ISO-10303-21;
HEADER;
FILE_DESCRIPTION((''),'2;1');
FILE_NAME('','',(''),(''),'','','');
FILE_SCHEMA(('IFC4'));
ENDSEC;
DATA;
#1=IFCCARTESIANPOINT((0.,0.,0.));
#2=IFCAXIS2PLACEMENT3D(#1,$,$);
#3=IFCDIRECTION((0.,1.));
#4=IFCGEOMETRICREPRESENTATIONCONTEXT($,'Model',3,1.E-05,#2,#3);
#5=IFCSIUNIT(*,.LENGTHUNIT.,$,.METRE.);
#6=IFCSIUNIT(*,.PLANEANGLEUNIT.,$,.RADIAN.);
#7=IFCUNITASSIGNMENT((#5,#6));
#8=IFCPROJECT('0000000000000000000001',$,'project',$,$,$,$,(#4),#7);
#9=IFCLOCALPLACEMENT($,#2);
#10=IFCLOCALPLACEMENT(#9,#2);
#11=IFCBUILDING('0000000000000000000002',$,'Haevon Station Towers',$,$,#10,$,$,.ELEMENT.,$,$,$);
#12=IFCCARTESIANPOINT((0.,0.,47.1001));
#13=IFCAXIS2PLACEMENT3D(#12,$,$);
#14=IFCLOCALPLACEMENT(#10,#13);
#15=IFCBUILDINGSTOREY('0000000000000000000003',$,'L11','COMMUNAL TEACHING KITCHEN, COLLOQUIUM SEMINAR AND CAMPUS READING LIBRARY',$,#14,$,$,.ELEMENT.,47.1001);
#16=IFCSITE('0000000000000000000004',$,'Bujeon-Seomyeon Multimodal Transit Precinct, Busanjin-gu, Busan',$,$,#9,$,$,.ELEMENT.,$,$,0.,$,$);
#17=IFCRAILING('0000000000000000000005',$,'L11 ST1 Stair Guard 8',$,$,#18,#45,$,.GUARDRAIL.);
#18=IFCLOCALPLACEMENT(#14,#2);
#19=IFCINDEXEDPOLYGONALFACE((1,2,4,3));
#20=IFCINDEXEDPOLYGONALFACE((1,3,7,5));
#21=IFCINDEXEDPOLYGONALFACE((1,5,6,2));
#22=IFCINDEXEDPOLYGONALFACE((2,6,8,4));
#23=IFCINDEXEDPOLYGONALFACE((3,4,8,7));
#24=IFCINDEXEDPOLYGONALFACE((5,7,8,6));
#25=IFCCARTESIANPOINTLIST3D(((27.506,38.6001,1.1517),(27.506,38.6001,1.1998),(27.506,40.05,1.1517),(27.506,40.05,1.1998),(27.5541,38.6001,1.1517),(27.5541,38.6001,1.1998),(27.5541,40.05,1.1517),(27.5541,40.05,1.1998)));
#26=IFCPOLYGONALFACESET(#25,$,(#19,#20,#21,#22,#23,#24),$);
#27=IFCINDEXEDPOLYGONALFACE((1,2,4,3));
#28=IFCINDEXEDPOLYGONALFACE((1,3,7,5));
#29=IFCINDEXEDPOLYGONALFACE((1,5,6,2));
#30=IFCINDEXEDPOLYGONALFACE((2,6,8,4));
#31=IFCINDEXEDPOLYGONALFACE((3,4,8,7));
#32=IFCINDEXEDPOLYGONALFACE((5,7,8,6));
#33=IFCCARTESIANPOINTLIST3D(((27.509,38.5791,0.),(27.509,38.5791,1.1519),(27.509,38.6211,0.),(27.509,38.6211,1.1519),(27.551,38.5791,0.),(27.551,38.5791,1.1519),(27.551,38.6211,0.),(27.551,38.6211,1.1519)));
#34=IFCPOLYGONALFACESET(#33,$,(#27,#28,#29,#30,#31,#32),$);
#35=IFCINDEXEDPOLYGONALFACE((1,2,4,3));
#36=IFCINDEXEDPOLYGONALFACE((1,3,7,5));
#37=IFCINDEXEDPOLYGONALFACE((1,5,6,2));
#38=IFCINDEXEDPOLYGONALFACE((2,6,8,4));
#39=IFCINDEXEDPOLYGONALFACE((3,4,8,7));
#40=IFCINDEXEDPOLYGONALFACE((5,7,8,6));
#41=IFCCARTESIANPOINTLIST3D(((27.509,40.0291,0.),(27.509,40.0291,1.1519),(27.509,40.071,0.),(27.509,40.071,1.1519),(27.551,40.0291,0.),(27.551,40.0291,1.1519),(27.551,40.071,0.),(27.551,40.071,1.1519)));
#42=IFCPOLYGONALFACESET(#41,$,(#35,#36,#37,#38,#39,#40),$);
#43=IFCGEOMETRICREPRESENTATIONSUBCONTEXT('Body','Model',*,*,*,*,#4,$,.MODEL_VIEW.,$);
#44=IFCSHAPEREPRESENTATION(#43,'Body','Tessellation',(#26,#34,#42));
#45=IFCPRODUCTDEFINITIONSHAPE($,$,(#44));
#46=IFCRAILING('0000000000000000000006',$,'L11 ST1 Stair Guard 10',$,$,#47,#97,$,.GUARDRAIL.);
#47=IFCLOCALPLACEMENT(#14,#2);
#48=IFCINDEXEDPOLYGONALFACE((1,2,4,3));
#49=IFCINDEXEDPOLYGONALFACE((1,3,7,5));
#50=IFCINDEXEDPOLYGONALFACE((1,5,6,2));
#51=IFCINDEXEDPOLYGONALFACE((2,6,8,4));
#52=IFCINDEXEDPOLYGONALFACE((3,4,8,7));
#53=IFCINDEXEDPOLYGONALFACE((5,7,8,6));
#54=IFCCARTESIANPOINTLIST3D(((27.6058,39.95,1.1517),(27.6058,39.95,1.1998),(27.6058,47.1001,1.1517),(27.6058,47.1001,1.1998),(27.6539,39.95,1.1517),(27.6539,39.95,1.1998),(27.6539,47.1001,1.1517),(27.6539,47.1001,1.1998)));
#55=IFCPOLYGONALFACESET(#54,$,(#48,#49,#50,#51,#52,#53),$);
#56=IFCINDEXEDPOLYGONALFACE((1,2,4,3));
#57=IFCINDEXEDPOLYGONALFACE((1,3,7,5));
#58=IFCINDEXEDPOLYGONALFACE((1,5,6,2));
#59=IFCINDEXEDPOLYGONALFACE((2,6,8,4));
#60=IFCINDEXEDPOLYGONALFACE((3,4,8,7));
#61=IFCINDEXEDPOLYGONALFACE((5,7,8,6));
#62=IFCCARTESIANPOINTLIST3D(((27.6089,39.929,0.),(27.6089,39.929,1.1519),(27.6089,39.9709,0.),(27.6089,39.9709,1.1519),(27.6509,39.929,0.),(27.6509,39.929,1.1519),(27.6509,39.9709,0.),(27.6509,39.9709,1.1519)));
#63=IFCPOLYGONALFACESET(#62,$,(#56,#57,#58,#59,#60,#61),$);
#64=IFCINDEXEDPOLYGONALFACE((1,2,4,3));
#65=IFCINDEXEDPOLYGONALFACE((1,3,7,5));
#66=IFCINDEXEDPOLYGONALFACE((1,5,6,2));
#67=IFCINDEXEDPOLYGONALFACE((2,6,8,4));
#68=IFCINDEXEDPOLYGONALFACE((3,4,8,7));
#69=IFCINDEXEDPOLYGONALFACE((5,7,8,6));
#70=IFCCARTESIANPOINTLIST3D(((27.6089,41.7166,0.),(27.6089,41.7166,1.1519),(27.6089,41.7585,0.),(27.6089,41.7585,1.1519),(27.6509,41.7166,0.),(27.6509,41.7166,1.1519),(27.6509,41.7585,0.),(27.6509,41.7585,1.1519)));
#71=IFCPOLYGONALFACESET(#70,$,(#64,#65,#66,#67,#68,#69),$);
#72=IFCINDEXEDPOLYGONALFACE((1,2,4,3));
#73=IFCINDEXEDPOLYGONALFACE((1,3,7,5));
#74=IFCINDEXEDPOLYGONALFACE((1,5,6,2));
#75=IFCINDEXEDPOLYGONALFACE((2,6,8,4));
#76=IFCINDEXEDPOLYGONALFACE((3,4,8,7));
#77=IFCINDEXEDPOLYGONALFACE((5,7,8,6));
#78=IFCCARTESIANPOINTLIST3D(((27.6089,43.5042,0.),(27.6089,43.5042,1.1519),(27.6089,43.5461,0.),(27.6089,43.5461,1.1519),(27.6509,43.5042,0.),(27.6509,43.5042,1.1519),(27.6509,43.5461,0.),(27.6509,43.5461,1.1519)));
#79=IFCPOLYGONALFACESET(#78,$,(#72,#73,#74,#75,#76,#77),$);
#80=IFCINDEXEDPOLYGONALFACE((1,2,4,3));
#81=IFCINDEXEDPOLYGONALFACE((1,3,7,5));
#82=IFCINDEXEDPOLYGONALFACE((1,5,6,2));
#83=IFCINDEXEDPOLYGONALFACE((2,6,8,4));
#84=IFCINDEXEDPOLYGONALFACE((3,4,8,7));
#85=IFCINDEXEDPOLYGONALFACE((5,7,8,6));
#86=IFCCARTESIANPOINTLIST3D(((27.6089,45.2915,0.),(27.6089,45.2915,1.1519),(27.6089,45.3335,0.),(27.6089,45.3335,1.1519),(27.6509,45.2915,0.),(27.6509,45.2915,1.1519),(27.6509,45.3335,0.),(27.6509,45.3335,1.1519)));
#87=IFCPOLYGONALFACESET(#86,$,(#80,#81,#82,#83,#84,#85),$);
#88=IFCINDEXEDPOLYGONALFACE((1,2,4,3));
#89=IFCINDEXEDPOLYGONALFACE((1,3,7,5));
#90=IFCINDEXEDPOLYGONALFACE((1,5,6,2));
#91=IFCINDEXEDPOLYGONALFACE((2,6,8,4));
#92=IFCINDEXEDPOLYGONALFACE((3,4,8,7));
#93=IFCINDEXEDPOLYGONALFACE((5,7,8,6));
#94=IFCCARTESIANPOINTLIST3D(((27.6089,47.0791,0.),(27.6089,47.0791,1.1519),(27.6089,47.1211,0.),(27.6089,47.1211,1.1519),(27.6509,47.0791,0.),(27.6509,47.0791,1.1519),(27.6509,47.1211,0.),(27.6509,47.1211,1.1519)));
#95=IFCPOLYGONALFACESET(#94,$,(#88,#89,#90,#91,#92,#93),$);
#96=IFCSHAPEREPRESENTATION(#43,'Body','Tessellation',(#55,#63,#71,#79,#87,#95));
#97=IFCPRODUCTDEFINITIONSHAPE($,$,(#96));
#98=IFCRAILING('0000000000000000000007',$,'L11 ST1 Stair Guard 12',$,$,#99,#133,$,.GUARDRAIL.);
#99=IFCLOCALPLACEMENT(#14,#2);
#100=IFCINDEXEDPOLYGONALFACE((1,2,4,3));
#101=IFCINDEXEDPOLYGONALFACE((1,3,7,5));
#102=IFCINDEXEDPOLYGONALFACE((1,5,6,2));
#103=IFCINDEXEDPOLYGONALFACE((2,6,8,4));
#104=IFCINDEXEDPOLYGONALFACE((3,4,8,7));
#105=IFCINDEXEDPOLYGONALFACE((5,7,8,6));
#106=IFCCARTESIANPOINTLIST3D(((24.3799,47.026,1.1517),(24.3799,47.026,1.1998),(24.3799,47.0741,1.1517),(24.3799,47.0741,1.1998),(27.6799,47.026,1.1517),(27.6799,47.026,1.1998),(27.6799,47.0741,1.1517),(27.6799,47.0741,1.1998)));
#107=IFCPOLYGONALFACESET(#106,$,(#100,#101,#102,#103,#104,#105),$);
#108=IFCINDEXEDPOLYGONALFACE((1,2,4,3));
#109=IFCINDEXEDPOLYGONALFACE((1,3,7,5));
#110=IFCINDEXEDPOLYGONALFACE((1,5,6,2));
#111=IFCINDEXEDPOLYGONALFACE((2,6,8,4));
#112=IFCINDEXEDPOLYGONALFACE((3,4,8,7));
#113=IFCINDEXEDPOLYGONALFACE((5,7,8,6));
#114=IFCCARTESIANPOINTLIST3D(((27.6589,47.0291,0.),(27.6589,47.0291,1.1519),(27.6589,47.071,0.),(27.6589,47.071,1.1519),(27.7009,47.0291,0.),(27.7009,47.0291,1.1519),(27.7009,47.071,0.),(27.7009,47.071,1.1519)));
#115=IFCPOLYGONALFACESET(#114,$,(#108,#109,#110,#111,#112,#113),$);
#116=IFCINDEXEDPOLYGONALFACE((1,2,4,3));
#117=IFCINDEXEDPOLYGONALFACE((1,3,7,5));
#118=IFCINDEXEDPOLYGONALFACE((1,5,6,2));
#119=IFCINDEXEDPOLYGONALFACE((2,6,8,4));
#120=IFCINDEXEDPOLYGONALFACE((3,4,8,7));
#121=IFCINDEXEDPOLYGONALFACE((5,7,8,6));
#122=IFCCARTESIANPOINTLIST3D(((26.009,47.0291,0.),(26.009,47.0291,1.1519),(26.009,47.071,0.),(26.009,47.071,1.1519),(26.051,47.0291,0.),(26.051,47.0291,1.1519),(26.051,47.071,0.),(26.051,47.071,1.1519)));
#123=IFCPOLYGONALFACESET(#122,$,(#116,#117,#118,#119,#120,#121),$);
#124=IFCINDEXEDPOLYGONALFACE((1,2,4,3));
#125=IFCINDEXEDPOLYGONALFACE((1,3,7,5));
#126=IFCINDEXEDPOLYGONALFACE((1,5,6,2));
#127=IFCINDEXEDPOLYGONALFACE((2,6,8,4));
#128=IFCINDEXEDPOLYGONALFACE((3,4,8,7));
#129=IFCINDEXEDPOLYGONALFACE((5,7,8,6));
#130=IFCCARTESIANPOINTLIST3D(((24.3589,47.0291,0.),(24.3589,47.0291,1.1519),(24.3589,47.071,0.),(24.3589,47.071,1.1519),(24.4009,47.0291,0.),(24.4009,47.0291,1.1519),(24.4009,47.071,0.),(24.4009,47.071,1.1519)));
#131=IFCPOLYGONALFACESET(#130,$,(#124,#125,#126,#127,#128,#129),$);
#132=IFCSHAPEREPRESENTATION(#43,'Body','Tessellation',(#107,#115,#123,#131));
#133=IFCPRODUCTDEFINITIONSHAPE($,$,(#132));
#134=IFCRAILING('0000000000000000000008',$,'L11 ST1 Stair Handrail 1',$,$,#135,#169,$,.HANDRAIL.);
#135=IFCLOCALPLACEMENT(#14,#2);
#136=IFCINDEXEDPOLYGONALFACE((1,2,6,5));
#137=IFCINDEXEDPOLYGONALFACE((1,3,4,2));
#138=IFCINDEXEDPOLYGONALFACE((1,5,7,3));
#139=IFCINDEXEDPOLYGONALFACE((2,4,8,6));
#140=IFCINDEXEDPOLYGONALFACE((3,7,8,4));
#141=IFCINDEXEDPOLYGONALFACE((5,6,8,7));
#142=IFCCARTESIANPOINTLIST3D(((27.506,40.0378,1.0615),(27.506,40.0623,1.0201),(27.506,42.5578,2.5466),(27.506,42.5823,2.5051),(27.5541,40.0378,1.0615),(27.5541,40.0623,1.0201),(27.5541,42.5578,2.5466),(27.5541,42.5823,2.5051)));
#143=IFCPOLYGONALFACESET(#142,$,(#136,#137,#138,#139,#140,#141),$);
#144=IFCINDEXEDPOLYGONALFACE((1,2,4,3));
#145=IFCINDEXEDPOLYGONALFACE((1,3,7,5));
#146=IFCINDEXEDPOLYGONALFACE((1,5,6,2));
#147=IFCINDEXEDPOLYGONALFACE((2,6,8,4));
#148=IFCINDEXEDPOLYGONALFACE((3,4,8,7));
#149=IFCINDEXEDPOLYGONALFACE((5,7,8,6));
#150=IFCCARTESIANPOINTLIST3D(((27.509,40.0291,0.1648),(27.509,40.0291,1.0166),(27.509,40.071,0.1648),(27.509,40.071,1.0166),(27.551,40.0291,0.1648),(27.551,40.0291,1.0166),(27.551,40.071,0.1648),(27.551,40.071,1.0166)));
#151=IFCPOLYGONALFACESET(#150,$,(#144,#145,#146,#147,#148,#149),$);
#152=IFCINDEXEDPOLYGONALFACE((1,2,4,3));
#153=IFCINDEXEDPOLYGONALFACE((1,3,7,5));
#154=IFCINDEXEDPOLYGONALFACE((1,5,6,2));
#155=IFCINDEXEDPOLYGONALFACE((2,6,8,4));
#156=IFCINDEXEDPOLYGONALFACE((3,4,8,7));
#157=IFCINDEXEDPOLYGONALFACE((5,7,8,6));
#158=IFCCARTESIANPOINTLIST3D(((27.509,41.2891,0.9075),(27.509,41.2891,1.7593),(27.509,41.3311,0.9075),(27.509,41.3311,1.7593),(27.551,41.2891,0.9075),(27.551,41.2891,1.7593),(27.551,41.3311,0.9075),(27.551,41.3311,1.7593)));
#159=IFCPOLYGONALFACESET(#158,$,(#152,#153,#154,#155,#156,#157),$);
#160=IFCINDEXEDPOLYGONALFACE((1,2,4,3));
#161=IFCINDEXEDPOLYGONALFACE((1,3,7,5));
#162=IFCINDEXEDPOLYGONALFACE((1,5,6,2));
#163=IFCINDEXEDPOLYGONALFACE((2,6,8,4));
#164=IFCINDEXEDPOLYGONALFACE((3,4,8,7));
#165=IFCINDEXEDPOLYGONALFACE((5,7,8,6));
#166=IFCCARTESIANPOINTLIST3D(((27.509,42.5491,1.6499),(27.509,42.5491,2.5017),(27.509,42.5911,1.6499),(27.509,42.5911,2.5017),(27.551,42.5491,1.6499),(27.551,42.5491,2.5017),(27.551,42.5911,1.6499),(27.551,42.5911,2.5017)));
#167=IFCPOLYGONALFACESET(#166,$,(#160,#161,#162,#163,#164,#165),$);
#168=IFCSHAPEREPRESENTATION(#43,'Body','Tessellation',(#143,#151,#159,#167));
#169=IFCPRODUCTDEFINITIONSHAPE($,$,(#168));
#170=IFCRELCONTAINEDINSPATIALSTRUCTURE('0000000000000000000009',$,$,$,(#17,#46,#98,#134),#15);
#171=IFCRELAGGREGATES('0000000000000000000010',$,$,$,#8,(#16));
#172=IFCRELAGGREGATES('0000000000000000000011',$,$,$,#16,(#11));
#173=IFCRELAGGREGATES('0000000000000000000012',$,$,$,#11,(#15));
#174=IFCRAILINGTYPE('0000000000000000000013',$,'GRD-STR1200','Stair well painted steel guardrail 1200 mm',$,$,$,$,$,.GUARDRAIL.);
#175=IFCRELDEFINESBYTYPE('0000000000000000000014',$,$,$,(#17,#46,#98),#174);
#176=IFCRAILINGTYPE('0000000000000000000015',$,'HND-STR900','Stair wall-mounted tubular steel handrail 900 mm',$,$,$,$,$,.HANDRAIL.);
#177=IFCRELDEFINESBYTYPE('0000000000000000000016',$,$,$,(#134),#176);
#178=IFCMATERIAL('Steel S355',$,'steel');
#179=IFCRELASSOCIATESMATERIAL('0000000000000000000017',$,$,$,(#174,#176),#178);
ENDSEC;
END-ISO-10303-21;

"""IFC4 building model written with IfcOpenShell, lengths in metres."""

from ifc_helpers import new_model, si_unit, direction, frame, origin, origin_2d, place, context, subcontext, project, spatial, rectangle, extrude, material, type_object, element, save


model = new_model("IFC4")

# Units and contexts
model_context = context("Model", 3, precision=1e-05, world=origin(), true_north=direction((0.0, 1.0)))
body_context = subcontext(model_context, "Body", "Model", "MODEL_VIEW")
ifc_project = project(units=[si_unit("LENGTHUNIT", "METRE"), si_unit("PLANEANGLEUNIT", "RADIAN")], contexts=[model_context])

# Site, building, storey
site_placement = place(None, origin())
site = spatial("IfcSite", under=ifc_project, at=site_placement, Name="Bujeon-Seomyeon Multimodal Transit Precinct, Busanjin-gu, Busan", CompositionType="ELEMENT", RefElevation=0.0)
building_placement = place(site_placement, origin())
building = spatial("IfcBuilding", under=site, at=building_placement, Name="Haevon Station Towers", CompositionType="ELEMENT")
storey_placement = place(building_placement, frame((0.0, 0.0, 47.1001)))
storey = spatial("IfcBuildingStorey", under=building, at=storey_placement, Name="L11", Description="COMMUNAL TEACHING KITCHEN, COLLOQUIUM SEMINAR AND CAMPUS READING LIBRARY", CompositionType="ELEMENT", Elevation=47.1001)

# Shared definitions
ifc_material_1 = material(Name="Steel S355", Category="steel")

# Railings
railing_type_1 = type_object("IfcRailingType", Name="GRD-STR1200", Description="Stair well painted steel guardrail 1200 mm", PredefinedType="GUARDRAIL", material=ifc_material_1)
railing_1_placement = place(storey_placement, frame((27.53, 38.6001, 0.0)))
element("IfcRailing", 1, at=railing_1_placement, inside=storey, type_object=railing_type_1, Name="L11 ST1 Stair Guard 8", PredefinedType="GUARDRAIL", context=body_context, shape_type="SweptSolid", body=[
    extrude(rectangle(XDim=0.0481, YDim=0.0481, at=origin_2d()), frame((0.0, 0.0, 1.1758), z_axis=(0.0, 1.0, 0.0), x_axis=(-1.0, 0.0, 0.0)), (0.0, 0.0, 1.0), 1.45),
    extrude(rectangle(XDim=0.042, YDim=0.042, at=origin_2d()), origin(), (0.0, 0.0, 1.0), 1.1519),
    extrude(rectangle(XDim=0.042, YDim=0.042, at=origin_2d()), frame((0.0, 1.45, 0.0)), (0.0, 0.0, 1.0), 1.1519),
])
railing_2_placement = place(storey_placement, frame((27.6299, 39.95, 0.0)))
element("IfcRailing", 2, at=railing_2_placement, inside=storey, type_object=railing_type_1, Name="L11 ST1 Stair Guard 10", PredefinedType="GUARDRAIL", context=body_context, shape_type="SweptSolid", body=[
    extrude(rectangle(XDim=0.0481, YDim=0.0481, at=origin_2d()), frame((0.0, 0.0, 1.1758), z_axis=(0.0, 1.0, 0.0), x_axis=(-1.0, 0.0, 0.0)), (0.0, 0.0, 1.0), 7.1501),
    extrude(rectangle(XDim=0.042, YDim=0.042, at=origin_2d()), origin(), (0.0, 0.0, 1.0), 1.1519),
    extrude(rectangle(XDim=0.042, YDim=0.042, at=origin_2d()), frame((0.0, 1.7876, 0.0)), (0.0, 0.0, 1.0), 1.1519),
    extrude(rectangle(XDim=0.042, YDim=0.042, at=origin_2d()), frame((0.0, 3.5752, 0.0)), (0.0, 0.0, 1.0), 1.1519),
    extrude(rectangle(XDim=0.042, YDim=0.042, at=origin_2d()), frame((0.0, 5.3625, 0.0)), (0.0, 0.0, 1.0), 1.1519),
    extrude(rectangle(XDim=0.042, YDim=0.042, at=origin_2d()), frame((0.0, 7.1501, 0.0)), (0.0, 0.0, 1.0), 1.1519),
])
railing_3_placement = place(storey_placement, frame((27.6799, 47.05, 0.0)))
element("IfcRailing", 3, at=railing_3_placement, inside=storey, type_object=railing_type_1, Name="L11 ST1 Stair Guard 12", PredefinedType="GUARDRAIL", context=body_context, shape_type="SweptSolid", body=[
    extrude(rectangle(XDim=0.0481, YDim=0.0481, at=origin_2d()), frame((0.0, 0.0, 1.1758), z_axis=(-1.0, 0.0, 0.0), x_axis=(0.0, -1.0, 0.0)), (0.0, 0.0, 1.0), 3.3),
    extrude(rectangle(XDim=0.042, YDim=0.042, at=origin_2d()), origin(), (0.0, 0.0, 1.0), 1.1519),
    extrude(rectangle(XDim=0.042, YDim=0.042, at=origin_2d()), frame((-1.6499, 0.0, 0.0)), (0.0, 0.0, 1.0), 1.1519),
    extrude(rectangle(XDim=0.042, YDim=0.042, at=origin_2d()), frame((-3.3, 0.0, 0.0)), (0.0, 0.0, 1.0), 1.1519),
])
railing_type_2 = type_object("IfcRailingType", Name="HND-STR900", Description="Stair wall-mounted tubular steel handrail 900 mm", PredefinedType="HANDRAIL", material=ifc_material_1)
railing_4_placement = place(storey_placement, frame((27.53, 40.05, 0.1648)))
element("IfcRailing", 4, at=railing_4_placement, inside=storey, type_object=railing_type_2, Name="L11 ST1 Stair Handrail 1", PredefinedType="HANDRAIL", context=body_context, shape_type="SweptSolid", body=[
    extrude(rectangle(XDim=0.0481, YDim=0.0481, at=origin_2d()), frame((0.0, 0.0, 0.876), z_axis=(0.0, 0.861524, 0.507717), x_axis=(-1.0, 0.0, 0.0)), (0.0, 0.0, 1.0), 2.925),
    extrude(rectangle(XDim=0.042, YDim=0.042, at=origin_2d()), origin(), (0.0, 0.0, 1.0), 0.8518),
    extrude(rectangle(XDim=0.042, YDim=0.042, at=origin_2d()), frame((0.0, 1.26, 0.7427)), (0.0, 0.0, 1.0), 0.8518),
    extrude(rectangle(XDim=0.042, YDim=0.042, at=origin_2d()), frame((0.0, 2.52, 1.4851)), (0.0, 0.0, 1.0), 0.8518),
])

save(model, "model.ifc")
